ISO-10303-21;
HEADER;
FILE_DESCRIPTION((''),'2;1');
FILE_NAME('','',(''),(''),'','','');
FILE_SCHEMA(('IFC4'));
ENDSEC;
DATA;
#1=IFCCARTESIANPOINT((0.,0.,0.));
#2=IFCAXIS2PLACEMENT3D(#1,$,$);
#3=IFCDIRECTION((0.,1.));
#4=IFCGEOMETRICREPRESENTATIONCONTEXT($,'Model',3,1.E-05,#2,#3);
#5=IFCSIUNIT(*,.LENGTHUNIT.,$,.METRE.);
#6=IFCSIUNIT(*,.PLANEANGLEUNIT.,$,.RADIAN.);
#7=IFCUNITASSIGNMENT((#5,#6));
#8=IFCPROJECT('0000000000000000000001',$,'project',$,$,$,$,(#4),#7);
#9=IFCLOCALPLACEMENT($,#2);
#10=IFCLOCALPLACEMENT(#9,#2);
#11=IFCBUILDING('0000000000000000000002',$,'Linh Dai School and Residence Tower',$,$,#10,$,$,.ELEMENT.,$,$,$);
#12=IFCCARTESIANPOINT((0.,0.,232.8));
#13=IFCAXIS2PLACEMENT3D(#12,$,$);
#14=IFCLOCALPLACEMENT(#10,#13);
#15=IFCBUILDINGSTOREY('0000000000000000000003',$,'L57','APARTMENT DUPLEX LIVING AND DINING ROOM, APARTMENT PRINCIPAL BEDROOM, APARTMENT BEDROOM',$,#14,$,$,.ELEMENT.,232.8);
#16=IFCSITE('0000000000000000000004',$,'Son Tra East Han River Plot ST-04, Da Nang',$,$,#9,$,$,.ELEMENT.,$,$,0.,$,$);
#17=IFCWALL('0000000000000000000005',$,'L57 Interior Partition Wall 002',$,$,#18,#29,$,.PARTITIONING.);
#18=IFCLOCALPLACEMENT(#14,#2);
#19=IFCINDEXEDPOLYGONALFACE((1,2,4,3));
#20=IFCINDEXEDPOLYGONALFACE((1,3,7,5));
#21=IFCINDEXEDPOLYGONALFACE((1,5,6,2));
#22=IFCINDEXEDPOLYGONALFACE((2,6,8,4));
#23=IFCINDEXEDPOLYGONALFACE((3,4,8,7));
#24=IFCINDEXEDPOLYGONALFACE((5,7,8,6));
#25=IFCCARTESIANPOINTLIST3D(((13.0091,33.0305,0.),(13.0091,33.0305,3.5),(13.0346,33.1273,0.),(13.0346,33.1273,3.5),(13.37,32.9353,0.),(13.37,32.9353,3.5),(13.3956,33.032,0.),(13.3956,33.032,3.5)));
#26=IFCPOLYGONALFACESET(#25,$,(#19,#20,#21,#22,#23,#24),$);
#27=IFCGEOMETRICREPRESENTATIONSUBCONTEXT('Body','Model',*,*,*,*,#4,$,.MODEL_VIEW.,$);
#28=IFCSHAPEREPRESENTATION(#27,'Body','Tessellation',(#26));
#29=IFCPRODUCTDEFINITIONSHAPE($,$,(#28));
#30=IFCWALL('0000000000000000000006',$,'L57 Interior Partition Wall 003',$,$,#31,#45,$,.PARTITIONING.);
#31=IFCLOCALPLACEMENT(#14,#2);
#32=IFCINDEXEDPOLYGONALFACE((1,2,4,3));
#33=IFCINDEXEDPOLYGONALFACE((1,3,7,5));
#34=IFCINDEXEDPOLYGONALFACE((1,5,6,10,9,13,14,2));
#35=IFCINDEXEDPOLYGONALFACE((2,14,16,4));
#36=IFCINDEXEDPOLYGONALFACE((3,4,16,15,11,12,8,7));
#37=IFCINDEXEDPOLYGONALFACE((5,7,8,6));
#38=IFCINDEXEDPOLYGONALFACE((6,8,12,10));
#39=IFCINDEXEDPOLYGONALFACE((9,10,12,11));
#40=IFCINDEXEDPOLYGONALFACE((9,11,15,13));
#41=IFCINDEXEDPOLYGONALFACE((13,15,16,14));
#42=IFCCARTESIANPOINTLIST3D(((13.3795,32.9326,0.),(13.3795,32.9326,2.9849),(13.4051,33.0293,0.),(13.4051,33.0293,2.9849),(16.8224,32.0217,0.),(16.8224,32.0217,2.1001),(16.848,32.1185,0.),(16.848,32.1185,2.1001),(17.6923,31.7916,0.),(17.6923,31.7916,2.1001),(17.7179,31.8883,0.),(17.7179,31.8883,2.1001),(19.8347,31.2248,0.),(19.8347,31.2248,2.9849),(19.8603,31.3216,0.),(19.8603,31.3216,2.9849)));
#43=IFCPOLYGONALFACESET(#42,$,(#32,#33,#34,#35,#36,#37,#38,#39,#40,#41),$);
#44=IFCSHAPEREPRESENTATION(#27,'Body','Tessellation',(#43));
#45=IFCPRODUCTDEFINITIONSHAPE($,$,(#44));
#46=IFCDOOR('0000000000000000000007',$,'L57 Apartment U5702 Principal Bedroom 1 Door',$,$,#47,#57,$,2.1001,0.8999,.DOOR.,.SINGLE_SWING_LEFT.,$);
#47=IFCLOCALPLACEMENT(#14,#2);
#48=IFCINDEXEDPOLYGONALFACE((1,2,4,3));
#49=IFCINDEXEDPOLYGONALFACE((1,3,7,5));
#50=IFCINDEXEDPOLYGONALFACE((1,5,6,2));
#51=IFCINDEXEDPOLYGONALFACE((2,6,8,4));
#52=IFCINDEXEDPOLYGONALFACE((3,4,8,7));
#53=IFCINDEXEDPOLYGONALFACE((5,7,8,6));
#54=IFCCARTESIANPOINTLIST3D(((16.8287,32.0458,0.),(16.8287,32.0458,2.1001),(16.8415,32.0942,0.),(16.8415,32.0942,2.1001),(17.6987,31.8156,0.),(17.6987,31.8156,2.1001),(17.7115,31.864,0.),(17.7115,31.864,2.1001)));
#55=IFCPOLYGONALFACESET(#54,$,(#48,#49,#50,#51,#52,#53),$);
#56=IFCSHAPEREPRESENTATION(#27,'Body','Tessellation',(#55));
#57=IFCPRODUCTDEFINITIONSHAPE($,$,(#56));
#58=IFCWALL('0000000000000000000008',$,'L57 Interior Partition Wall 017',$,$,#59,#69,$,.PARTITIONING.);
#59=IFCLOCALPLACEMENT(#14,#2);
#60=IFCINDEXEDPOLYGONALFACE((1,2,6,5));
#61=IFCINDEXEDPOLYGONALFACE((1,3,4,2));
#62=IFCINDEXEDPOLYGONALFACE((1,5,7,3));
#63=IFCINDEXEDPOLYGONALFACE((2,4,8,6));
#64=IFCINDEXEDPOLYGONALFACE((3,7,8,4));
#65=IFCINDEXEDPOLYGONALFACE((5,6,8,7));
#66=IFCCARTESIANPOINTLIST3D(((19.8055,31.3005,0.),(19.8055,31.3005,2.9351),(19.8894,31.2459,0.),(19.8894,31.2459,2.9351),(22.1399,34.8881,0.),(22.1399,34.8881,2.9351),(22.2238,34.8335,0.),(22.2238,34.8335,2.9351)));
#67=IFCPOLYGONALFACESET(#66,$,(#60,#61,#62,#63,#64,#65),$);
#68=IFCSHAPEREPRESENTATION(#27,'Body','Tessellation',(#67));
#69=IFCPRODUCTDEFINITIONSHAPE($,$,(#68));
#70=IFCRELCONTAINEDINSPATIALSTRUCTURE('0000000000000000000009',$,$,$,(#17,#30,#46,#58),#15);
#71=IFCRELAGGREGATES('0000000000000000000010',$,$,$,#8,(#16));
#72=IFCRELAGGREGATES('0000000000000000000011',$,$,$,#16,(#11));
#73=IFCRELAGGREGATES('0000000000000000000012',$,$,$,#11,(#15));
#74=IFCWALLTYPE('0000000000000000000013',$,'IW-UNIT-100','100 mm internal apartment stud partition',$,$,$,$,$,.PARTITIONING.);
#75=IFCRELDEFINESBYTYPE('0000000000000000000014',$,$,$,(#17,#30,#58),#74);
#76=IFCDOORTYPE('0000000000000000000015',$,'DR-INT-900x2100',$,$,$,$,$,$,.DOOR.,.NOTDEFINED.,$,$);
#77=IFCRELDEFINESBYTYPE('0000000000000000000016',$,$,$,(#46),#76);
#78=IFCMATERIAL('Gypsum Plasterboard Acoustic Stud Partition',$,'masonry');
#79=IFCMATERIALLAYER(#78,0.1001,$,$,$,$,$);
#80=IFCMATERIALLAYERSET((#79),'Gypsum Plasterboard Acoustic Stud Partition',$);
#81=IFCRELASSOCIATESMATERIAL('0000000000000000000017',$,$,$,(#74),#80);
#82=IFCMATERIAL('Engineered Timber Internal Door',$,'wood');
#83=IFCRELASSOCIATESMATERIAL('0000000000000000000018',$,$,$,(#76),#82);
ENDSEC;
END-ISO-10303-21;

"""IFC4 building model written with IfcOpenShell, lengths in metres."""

from ifc_helpers import new_model, si_unit, direction, frame, frame_2d, origin, origin_2d, place, context, subcontext, project, spatial, rectangle, extrude, source, transform, mapped, material, layer, layer_set, type_object, element, fill, save


model = new_model("IFC4")

# Units and contexts
model_context = context("Model", 3, precision=1e-05, world=origin(), true_north=direction((0.0, 1.0)))
body_context = subcontext(model_context, "Body", "Model", "MODEL_VIEW")
ifc_project = project(units=[si_unit("LENGTHUNIT", "METRE"), si_unit("PLANEANGLEUNIT", "RADIAN")], contexts=[model_context])

# Site, building, storey
site_placement = place(None, origin())
site = spatial("IfcSite", under=ifc_project, at=site_placement, Name="Son Tra East Han River Plot ST-04, Da Nang", CompositionType="ELEMENT", RefElevation=0.0)
building_placement = place(site_placement, origin())
building = spatial("IfcBuilding", under=site, at=building_placement, Name="Linh Dai School and Residence Tower", CompositionType="ELEMENT")
storey_placement = place(building_placement, frame((0.0, 0.0, 232.8)))
storey = spatial("IfcBuildingStorey", under=building, at=storey_placement, Name="L57", Description="APARTMENT DUPLEX LIVING AND DINING ROOM, APARTMENT PRINCIPAL BEDROOM, APARTMENT BEDROOM", CompositionType="ELEMENT", Elevation=232.8)

# Wall
ifc_material_1 = material(Name="Gypsum Plasterboard Acoustic Stud Partition", Category="masonry")
ifc_layer_1 = layer(ifc_material_1, 0.1001)
ifc_layer_set_1 = layer_set([ifc_layer_1], Name="Gypsum Plasterboard Acoustic Stud Partition")
wall_type_1 = type_object("IfcWallType", Name="IW-UNIT-100", Description="100 mm internal apartment stud partition", PredefinedType="PARTITIONING", material=ifc_layer_set_1)
wall_1_placement = place(storey_placement, frame((13.022, 33.0789, 0.0), z_axis=(0.0, 0.0, 1.0), x_axis=(0.966905, -0.255137, 0.0)))
element("IfcWall", 1, at=wall_1_placement, inside=storey, type_object=wall_type_1, Name="L57 Interior Partition Wall 002", PredefinedType="PARTITIONING", context=body_context, shape_type="SweptSolid", body=[
    extrude(rectangle(XDim=0.3733, YDim=0.1001, at=frame_2d((0.1865, 0.0))), origin(), (0.0, 0.0, 1.0), 3.5),
])

# Wall, opening, door
wall_2_placement = place(storey_placement, frame((13.3923, 32.981, 0.0), z_axis=(0.0, 0.0, 1.0), x_axis=(0.96674, -0.255762, 0.0)))
wall_2 = element("IfcWall", 2, at=wall_2_placement, inside=storey, type_object=wall_type_1, Name="L57 Interior Partition Wall 003", PredefinedType="PARTITIONING", context=body_context, shape_type="SweptSolid", body=[
    extrude(rectangle(XDim=6.6772, YDim=0.1001, at=frame_2d((3.3386, 0.0))), origin(), (0.0, 0.0, 1.0), 2.9849),
])
opening_1_placement = place(wall_2_placement, frame((3.5613, 0.0, 0.0)))
opening_1 = element("IfcOpeningElement", 3, at=opening_1_placement, cuts=wall_2, PredefinedType="OPENING", context=body_context, shape_type="SweptSolid", body=[
    extrude(rectangle(XDim=0.8999, YDim=2.1001, at=origin_2d()), frame((0.45, 0.0601, 1.05), z_axis=(0.0, -1.0, 0.0), x_axis=(1.0, 0.0, 0.0)), (0.0, 0.0, 1.0), 0.1201),
])
ifc_material_2 = material(Name="Engineered Timber Internal Door", Category="wood")
door_type_1 = type_object("IfcDoorType", Name="DR-INT-900x2100", OperationType="NOTDEFINED", PredefinedType="DOOR", material=ifc_material_2)
shared_shape_1 = source(origin(), body_context, "Body", "SweptSolid", [
    extrude(rectangle(XDim=0.8999, YDim=2.1001, at=origin_2d()), frame((0.45, 0.0249, 1.05), z_axis=(0.0, -1.0, 0.0), x_axis=(1.0, 0.0, 0.0)), (0.0, 0.0, 1.0), 0.05),
])
door_1_placement = place(opening_1_placement, origin())
door_1 = element("IfcDoor", 4, at=door_1_placement, inside=storey, type_object=door_type_1, Name="L57 Apartment U5702 Principal Bedroom 1 Door", OperationType="SINGLE_SWING_LEFT", OverallHeight=2.1001, OverallWidth=0.8999, PredefinedType="DOOR", context=body_context, shape_type="MappedRepresentation", body=[
    mapped(shared_shape_1, transform((0.0, 0.0, 0.0), x_axis=(1.0, 0.0, 0.0), y_axis=(0.0, 1.0, 0.0), z_axis=(0.0, 0.0, 1.0), scale=1.0)),
])
fill(opening_1, door_1)

# Wall
wall_3_placement = place(storey_placement, frame((19.8474, 31.2732, 0.0), z_axis=(0.0, 0.0, 1.0), x_axis=(0.545399, 0.838176, 0.0)))
element("IfcWall", 5, at=wall_3_placement, inside=storey, type_object=wall_type_1, Name="L57 Interior Partition Wall 017", PredefinedType="PARTITIONING", context=body_context, shape_type="SweptSolid", body=[
    extrude(rectangle(XDim=4.2803, YDim=0.1001, at=frame_2d((2.1401, 0.0))), origin(), (0.0, 0.0, 1.0), 2.9351),
])

save(model, "model.ifc")
